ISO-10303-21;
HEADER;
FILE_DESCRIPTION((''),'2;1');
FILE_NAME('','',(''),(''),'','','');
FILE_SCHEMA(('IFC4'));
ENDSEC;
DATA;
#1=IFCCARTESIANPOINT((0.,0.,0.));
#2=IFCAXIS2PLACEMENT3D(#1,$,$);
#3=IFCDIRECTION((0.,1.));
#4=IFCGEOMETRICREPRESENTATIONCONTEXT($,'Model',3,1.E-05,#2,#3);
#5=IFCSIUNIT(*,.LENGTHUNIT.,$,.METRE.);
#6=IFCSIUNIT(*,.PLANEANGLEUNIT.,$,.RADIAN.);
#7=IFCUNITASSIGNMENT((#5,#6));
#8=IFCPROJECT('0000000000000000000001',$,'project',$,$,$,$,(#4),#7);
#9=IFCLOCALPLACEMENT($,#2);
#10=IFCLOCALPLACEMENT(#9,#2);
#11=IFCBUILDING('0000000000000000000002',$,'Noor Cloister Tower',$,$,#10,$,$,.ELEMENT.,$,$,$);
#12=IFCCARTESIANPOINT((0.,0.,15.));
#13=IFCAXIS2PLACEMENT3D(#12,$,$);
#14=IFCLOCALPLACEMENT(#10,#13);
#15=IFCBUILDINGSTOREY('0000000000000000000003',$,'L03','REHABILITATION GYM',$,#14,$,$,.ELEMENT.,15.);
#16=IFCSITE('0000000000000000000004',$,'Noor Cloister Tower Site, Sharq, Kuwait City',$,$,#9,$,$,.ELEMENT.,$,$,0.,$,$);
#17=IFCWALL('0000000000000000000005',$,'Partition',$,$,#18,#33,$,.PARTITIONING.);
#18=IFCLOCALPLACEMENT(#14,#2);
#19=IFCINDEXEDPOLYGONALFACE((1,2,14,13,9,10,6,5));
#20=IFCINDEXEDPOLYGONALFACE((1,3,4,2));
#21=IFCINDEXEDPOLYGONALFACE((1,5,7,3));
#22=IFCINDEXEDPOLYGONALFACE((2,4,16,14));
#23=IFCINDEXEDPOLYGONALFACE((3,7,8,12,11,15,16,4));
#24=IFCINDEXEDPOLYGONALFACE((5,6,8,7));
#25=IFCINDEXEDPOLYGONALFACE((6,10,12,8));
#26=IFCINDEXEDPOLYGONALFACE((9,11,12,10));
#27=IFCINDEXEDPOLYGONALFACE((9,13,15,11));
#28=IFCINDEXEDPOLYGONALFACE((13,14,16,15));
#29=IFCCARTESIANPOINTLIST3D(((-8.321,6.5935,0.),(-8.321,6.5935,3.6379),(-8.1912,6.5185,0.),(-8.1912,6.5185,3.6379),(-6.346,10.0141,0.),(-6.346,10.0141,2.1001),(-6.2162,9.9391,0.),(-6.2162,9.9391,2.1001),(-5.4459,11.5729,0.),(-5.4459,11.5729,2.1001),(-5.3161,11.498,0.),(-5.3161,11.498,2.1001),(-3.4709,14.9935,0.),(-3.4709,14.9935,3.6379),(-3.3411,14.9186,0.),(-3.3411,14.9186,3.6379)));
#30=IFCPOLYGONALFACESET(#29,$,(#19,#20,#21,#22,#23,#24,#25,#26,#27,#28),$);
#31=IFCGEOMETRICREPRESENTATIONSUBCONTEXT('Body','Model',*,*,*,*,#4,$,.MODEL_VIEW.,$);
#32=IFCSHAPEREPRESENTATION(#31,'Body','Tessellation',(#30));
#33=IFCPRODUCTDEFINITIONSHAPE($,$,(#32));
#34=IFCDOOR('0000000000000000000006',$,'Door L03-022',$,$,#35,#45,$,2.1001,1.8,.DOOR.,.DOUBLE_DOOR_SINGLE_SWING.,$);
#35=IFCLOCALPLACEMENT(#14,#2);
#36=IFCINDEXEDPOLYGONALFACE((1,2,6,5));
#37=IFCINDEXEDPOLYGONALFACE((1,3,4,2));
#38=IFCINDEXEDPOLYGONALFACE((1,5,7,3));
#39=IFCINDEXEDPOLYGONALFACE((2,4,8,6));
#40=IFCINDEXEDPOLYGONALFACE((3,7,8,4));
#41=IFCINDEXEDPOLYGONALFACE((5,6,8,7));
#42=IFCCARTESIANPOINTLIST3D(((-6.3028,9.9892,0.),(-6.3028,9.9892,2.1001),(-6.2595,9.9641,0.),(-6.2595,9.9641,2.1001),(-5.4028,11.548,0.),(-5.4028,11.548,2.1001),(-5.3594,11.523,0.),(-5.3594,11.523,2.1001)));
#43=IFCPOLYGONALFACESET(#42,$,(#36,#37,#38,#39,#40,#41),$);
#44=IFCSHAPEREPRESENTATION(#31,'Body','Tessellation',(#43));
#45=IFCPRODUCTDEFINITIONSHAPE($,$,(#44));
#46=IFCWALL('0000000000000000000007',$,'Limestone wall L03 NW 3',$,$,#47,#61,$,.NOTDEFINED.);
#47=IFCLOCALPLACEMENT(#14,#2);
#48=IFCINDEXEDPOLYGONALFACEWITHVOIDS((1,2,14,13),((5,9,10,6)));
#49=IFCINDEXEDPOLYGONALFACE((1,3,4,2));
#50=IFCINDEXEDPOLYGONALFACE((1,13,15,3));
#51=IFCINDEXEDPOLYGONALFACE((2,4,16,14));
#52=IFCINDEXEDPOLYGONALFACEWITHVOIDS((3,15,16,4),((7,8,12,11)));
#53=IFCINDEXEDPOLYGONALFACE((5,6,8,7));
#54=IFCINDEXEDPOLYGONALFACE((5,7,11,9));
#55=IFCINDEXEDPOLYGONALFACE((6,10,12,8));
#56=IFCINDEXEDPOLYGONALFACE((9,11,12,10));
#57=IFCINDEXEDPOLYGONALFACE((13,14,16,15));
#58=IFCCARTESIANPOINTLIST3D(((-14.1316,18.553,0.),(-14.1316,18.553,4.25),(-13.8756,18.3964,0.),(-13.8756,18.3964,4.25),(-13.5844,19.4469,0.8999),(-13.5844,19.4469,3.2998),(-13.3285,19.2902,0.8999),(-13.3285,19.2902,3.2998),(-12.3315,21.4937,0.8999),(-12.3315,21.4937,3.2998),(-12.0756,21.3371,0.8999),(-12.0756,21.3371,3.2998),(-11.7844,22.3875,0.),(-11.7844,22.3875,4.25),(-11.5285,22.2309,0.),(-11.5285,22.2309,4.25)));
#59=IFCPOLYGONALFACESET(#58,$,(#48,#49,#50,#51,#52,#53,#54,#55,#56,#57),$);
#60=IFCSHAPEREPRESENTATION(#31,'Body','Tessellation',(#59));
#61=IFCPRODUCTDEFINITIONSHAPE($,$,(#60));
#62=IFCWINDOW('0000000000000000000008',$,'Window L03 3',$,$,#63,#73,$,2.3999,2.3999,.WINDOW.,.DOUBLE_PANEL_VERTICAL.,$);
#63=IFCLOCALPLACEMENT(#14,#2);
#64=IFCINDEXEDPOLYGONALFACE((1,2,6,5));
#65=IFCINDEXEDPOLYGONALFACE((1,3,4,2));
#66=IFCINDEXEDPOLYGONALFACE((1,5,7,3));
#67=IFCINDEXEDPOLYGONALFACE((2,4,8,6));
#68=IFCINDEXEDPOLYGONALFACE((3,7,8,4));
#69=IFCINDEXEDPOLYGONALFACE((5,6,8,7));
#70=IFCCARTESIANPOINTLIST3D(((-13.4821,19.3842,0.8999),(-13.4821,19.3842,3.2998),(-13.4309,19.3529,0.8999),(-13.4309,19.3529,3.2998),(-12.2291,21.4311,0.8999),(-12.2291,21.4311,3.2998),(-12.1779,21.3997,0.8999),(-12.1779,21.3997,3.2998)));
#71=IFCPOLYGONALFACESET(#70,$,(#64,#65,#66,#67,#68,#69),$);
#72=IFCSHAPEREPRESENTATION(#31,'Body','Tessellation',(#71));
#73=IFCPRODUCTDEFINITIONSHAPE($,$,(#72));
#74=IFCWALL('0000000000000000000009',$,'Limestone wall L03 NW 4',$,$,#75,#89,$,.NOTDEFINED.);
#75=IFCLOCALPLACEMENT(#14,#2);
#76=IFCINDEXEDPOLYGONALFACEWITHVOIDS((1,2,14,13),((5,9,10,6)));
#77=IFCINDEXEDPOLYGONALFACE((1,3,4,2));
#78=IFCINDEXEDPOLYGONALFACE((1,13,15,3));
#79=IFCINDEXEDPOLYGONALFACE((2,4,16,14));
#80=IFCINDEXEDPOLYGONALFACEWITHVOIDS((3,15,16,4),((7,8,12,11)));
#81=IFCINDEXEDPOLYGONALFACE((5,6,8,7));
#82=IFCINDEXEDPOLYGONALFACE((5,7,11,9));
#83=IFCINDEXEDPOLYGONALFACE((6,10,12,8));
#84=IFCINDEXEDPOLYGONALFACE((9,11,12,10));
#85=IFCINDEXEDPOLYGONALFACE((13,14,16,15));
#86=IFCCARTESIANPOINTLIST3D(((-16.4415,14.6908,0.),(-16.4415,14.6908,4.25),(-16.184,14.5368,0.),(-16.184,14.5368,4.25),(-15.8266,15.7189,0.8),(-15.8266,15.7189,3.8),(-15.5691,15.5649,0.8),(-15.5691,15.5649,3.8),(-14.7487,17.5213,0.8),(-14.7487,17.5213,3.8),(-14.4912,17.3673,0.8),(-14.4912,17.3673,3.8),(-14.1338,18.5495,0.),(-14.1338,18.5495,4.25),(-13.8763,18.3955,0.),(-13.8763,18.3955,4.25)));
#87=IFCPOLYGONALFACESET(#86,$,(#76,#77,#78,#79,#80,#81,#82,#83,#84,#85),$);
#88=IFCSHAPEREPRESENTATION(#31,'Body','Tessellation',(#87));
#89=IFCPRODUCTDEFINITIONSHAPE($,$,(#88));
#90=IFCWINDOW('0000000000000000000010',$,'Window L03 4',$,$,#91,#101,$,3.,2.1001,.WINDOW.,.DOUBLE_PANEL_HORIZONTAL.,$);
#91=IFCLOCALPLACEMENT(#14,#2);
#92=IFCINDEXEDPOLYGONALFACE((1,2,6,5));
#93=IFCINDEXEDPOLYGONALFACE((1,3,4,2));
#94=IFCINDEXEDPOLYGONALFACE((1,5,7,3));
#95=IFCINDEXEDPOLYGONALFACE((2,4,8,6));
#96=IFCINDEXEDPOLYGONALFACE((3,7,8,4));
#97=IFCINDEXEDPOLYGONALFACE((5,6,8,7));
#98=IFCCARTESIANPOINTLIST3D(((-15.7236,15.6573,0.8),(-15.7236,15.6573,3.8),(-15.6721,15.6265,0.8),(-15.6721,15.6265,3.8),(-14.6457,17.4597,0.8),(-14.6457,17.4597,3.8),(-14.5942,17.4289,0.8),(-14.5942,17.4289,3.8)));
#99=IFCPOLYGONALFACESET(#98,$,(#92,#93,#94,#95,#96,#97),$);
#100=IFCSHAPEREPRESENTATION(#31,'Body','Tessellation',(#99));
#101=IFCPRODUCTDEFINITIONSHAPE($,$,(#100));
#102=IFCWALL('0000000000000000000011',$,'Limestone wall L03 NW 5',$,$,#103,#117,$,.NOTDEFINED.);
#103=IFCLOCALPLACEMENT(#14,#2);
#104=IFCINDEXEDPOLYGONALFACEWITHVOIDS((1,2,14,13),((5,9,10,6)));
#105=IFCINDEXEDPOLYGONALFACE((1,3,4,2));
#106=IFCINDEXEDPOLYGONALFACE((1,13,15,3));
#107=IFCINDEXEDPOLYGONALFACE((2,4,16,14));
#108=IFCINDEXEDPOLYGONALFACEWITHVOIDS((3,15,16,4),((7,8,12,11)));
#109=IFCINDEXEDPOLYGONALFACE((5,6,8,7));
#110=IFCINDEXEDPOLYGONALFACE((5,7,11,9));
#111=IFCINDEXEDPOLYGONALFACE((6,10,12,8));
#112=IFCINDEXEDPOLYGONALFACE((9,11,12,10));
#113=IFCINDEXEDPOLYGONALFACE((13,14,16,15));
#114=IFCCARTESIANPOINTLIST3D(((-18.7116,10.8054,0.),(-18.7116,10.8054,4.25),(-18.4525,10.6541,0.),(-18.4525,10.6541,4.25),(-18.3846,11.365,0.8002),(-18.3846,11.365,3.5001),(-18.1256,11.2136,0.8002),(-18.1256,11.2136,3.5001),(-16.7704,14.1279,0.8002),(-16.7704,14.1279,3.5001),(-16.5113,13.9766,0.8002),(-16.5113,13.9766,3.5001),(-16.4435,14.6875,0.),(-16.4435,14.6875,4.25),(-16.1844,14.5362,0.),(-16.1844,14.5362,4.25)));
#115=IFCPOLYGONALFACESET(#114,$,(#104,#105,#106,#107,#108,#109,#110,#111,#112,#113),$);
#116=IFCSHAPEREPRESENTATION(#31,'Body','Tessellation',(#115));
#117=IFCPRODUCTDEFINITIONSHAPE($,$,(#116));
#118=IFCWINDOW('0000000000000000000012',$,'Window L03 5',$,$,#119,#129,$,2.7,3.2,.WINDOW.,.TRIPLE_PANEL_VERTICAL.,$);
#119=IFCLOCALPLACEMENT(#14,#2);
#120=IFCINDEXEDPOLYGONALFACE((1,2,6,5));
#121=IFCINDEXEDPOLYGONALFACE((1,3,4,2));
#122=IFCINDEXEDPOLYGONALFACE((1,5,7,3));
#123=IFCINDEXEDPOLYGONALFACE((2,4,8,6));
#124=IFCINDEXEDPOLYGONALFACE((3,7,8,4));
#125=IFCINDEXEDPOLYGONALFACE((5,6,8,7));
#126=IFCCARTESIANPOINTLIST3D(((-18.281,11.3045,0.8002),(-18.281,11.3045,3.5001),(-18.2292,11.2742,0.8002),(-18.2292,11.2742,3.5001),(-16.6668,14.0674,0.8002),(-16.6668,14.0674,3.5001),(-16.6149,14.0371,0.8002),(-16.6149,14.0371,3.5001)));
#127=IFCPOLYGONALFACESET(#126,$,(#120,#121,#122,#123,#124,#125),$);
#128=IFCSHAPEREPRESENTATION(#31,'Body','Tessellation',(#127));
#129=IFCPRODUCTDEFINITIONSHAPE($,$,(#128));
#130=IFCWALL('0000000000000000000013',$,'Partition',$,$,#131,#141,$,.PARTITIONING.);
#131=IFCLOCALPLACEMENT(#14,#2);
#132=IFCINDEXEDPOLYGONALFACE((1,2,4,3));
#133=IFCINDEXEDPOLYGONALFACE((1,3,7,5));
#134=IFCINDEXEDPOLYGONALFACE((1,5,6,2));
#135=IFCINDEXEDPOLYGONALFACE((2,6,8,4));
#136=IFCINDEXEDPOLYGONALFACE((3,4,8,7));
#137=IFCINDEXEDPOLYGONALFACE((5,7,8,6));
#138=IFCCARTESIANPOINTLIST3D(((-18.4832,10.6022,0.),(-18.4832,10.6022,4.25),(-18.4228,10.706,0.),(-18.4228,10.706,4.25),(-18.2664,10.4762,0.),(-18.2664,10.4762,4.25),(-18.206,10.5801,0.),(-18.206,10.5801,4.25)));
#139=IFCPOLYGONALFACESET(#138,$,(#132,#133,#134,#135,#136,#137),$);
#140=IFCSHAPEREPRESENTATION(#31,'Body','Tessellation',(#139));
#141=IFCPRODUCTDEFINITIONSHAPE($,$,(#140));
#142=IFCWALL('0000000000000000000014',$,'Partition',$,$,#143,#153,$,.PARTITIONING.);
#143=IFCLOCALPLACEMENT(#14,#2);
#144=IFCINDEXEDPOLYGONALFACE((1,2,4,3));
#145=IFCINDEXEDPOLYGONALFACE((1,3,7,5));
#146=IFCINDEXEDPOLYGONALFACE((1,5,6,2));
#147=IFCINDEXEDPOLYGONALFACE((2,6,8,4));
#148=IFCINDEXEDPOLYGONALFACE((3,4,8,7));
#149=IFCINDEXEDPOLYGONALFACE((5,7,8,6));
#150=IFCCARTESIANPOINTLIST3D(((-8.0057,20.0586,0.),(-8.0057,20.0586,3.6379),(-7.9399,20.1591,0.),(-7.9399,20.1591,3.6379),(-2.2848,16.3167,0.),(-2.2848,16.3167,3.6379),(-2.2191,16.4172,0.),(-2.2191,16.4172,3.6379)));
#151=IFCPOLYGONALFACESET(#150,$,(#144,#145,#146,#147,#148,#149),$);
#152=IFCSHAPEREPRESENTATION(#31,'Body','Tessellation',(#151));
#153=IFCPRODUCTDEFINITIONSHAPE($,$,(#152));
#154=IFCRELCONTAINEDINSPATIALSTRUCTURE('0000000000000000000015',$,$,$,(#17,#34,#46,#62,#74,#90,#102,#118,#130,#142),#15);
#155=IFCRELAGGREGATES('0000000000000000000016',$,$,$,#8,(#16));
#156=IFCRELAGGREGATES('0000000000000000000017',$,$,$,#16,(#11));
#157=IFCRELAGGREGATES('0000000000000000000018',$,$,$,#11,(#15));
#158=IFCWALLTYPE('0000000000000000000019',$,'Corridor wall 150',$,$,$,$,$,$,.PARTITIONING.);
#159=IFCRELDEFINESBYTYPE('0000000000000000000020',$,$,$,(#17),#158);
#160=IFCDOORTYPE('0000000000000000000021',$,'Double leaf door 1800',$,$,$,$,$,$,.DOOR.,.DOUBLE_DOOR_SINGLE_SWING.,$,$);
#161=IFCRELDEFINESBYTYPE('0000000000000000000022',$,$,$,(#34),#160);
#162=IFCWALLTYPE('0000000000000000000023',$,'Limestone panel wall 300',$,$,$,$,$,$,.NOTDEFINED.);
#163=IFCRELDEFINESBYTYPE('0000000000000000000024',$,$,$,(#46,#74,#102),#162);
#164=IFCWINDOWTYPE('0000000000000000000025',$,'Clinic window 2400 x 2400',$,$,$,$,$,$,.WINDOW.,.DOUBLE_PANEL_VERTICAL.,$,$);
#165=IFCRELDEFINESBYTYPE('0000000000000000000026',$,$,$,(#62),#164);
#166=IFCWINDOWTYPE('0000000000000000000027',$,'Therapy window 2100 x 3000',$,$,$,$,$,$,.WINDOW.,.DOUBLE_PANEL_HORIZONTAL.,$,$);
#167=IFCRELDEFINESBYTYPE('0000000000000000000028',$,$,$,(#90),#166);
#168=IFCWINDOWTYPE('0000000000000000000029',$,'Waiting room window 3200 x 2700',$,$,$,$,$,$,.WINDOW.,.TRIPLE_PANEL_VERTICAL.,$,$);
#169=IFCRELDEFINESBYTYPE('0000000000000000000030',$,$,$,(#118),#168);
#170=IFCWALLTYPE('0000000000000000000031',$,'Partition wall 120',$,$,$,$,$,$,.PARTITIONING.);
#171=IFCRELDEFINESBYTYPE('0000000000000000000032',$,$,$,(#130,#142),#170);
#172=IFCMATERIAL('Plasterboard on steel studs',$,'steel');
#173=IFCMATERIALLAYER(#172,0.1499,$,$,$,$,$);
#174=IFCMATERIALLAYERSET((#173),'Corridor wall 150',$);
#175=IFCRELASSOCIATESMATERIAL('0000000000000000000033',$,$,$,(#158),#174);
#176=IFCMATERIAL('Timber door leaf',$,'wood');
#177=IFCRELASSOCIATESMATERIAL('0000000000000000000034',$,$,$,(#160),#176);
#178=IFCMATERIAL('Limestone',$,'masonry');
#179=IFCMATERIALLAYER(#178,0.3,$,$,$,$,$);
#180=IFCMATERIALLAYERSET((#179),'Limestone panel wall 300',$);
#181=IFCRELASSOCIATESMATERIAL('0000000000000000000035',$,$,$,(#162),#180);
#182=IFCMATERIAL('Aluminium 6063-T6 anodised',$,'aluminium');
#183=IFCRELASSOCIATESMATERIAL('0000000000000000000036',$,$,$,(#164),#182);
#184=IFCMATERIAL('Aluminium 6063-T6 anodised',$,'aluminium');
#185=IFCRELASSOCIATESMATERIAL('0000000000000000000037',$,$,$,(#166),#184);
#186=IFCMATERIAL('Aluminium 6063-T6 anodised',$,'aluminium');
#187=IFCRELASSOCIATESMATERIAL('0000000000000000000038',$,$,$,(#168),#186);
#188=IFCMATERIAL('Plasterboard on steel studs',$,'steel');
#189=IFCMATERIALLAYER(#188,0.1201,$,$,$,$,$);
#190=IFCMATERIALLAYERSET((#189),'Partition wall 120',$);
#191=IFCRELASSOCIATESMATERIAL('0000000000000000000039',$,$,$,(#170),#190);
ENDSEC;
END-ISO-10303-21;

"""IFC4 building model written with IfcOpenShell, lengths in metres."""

from ifc_helpers import new_model, si_unit, direction, frame, frame_2d, origin, place, context, subcontext, project, spatial, rectangle, extrude, material, layer, layer_set, type_object, element, fill, save


model = new_model("IFC4")

# Units and contexts
model_context = context("Model", 3, precision=1e-05, world=origin(), true_north=direction((0.0, 1.0)))
body_context = subcontext(model_context, "Body", "Model", "MODEL_VIEW")
ifc_project = project(units=[si_unit("LENGTHUNIT", "METRE"), si_unit("PLANEANGLEUNIT", "RADIAN")], contexts=[model_context])

# Site, building, storey
site_placement = place(None, origin())
site = spatial("IfcSite", under=ifc_project, at=site_placement, Name="Noor Cloister Tower Site, Sharq, Kuwait City", CompositionType="ELEMENT", RefElevation=0.0)
building_placement = place(site_placement, origin())
building = spatial("IfcBuilding", under=site, at=building_placement, Name="Noor Cloister Tower", CompositionType="ELEMENT")
storey_placement = place(building_placement, frame((0.0, 0.0, 15.0)))
storey = spatial("IfcBuildingStorey", under=building, at=storey_placement, Name="L03", Description="REHABILITATION GYM", CompositionType="ELEMENT", Elevation=15.0)

# Shared definitions
ifc_material_1 = material(Name="Plasterboard on steel studs", Category="steel")
ifc_layer_1 = layer(ifc_material_1, 0.1499)
ifc_layer_set_1 = layer_set([ifc_layer_1], Name="Corridor wall 150")
wall_type_1 = type_object("IfcWallType", Name="Corridor wall 150", PredefinedType="PARTITIONING", material=ifc_layer_set_1)

# Wall, opening, door
wall_1_placement = place(storey_placement, frame((-3.406, 14.9561, 0.0), z_axis=(0.0, 0.0, 1.0), x_axis=(-0.500021, -0.866013, 0.0)))
wall_1 = element("IfcWall", 1, at=wall_1_placement, inside=storey, type_object=wall_type_1, Name="Partition", PredefinedType="PARTITIONING", context=body_context, shape_type="SweptSolid", body=[
    extrude(rectangle(XDim=9.6997, YDim=0.1499, at=frame_2d((4.8499, 0.0))), origin(), (0.0, 0.0, 1.0), 3.6379),
])
opening_1_placement = place(wall_1_placement, frame((3.95, 0.0, 0.0)))
opening_1 = element("IfcOpeningElement", 2, at=opening_1_placement, cuts=wall_1, PredefinedType="OPENING", context=body_context, shape_type="SweptSolid", body=[
    extrude(rectangle(XDim=1.8, YDim=2.1001, at=frame_2d((0.8999, 1.05))), frame((0.0, 0.085, 0.0), z_axis=(0.0, -1.0, 0.0), x_axis=(1.0, 0.0, 0.0)), (0.0, 0.0, 1.0), 0.1699),
])
ifc_material_2 = material(Name="Timber door leaf", Category="wood")
door_type_1 = type_object("IfcDoorType", Name="Double leaf door 1800", OperationType="DOUBLE_DOOR_SINGLE_SWING", PredefinedType="DOOR", material=ifc_material_2)
door_1_placement = place(opening_1_placement, origin())
door_1 = element("IfcDoor", 3, at=door_1_placement, inside=storey, type_object=door_type_1, Name="Door L03-022", OperationType="DOUBLE_DOOR_SINGLE_SWING", OverallHeight=2.1001, OverallWidth=1.8, PredefinedType="DOOR", context=body_context, shape_type="SweptSolid", body=[
    extrude(rectangle(XDim=1.8, YDim=2.1001, at=frame_2d((0.8999, 1.05))), frame((0.0, 0.0249, 0.0), z_axis=(0.0, -1.0, 0.0), x_axis=(1.0, 0.0, 0.0)), (0.0, 0.0, 1.0), 0.05),
])
fill(opening_1, door_1)

# Walls, openings, windows
ifc_material_3 = material(Name="Limestone", Category="masonry")
ifc_layer_2 = layer(ifc_material_3, 0.3)
ifc_layer_set_2 = layer_set([ifc_layer_2], Name="Limestone panel wall 300")
wall_type_2 = type_object("IfcWallType", Name="Limestone panel wall 300", PredefinedType="NOTDEFINED", material=ifc_layer_set_2)
wall_2_placement = place(storey_placement, frame((-14.0037, 18.4746, 0.0), z_axis=(0.0, 0.0, 1.0), x_axis=(0.522078, 0.852898, 0.0)))
wall_2 = element("IfcWall", 4, at=wall_2_placement, inside=storey, type_object=wall_type_2, Name="Limestone wall L03 NW 3", PredefinedType="NOTDEFINED", context=body_context, shape_type="SweptSolid", body=[
    extrude(rectangle(XDim=4.4958, YDim=0.3, at=frame_2d((2.248, 0.0))), origin(), (0.0, 0.0, 1.0), 4.25),
])
opening_2_placement = place(wall_2_placement, frame((1.0481, 0.0, 0.8999)))
opening_2 = element("IfcOpeningElement", 5, at=opening_2_placement, cuts=wall_2, PredefinedType="OPENING", context=body_context, shape_type="SweptSolid", body=[
    extrude(rectangle(XDim=2.3999, YDim=2.3999, at=frame_2d((1.2, 1.2))), frame((0.0, 0.1602, 0.0), z_axis=(0.0, -1.0, 0.0), x_axis=(1.0, 0.0, 0.0)), (0.0, 0.0, 1.0), 0.3201),
])
ifc_material_4 = material(Name="Aluminium 6063-T6 anodised", Category="aluminium")
window_type_1 = type_object("IfcWindowType", Name="Clinic window 2400 x 2400", PartitioningType="DOUBLE_PANEL_VERTICAL", PredefinedType="WINDOW", material=ifc_material_4)
window_1_placement = place(opening_2_placement, origin())
window_1 = element("IfcWindow", 6, at=window_1_placement, inside=storey, type_object=window_type_1, Name="Window L03 3", OverallHeight=2.3999, OverallWidth=2.3999, PartitioningType="DOUBLE_PANEL_VERTICAL", PredefinedType="WINDOW", context=body_context, shape_type="SweptSolid", body=[
    extrude(rectangle(XDim=2.3999, YDim=2.3999, at=frame_2d((1.2, 1.2))), frame((0.0, 0.03, 0.0), z_axis=(0.0, -1.0, 0.0), x_axis=(1.0, 0.0, 0.0)), (0.0, 0.0, 1.0), 0.0601),
])
fill(opening_2, window_1)
wall_3_placement = place(storey_placement, frame((-16.3127, 14.6138, 0.0), z_axis=(0.0, 0.0, 1.0), x_axis=(0.513257, 0.858235, 0.0)))
wall_3 = element("IfcWall", 7, at=wall_3_placement, inside=storey, type_object=wall_type_2, Name="Limestone wall L03 NW 4", PredefinedType="NOTDEFINED", context=body_context, shape_type="SweptSolid", body=[
    extrude(rectangle(XDim=4.4961, YDim=0.3, at=frame_2d((2.248, 0.0))), origin(), (0.0, 0.0, 1.0), 4.25),
])
opening_3_placement = place(wall_3_placement, frame((1.198, 0.0, 0.8)))
opening_3 = element("IfcOpeningElement", 8, at=opening_3_placement, cuts=wall_3, PredefinedType="OPENING", context=body_context, shape_type="SweptSolid", body=[
    extrude(rectangle(XDim=2.1001, YDim=3.0, at=frame_2d((1.05, 1.5))), frame((0.0, 0.1602, 0.0), z_axis=(0.0, -1.0, 0.0), x_axis=(1.0, 0.0, 0.0)), (0.0, 0.0, 1.0), 0.3201),
])
ifc_material_5 = material(Name="Aluminium 6063-T6 anodised", Category="aluminium")
window_type_2 = type_object("IfcWindowType", Name="Therapy window 2100 x 3000", PartitioningType="DOUBLE_PANEL_HORIZONTAL", PredefinedType="WINDOW", material=ifc_material_5)
window_2_placement = place(opening_3_placement, origin())
window_2 = element("IfcWindow", 9, at=window_2_placement, inside=storey, type_object=window_type_2, Name="Window L03 4", OverallHeight=3.0, OverallWidth=2.1001, PartitioningType="DOUBLE_PANEL_HORIZONTAL", PredefinedType="WINDOW", context=body_context, shape_type="SweptSolid", body=[
    extrude(rectangle(XDim=2.1001, YDim=3.0, at=frame_2d((1.05, 1.5))), frame((0.0, 0.03, 0.0), z_axis=(0.0, -1.0, 0.0), x_axis=(1.0, 0.0, 0.0)), (0.0, 0.0, 1.0), 0.0601),
])
fill(opening_3, window_2)
wall_4_placement = place(storey_placement, frame((-18.582, 10.7297, 0.0), z_axis=(0.0, 0.0, 1.0), x_axis=(0.504455, 0.863438, 0.0)))
wall_4 = element("IfcWall", 10, at=wall_4_placement, inside=storey, type_object=wall_type_2, Name="Limestone wall L03 NW 5", PredefinedType="NOTDEFINED", context=body_context, shape_type="SweptSolid", body=[
    extrude(rectangle(XDim=4.4961, YDim=0.3, at=frame_2d((2.248, 0.0))), origin(), (0.0, 0.0, 1.0), 4.25),
])
opening_4_placement = place(wall_4_placement, frame((0.6479, 0.0, 0.8)))
opening_4 = element("IfcOpeningElement", 11, at=opening_4_placement, cuts=wall_4, PredefinedType="OPENING", context=body_context, shape_type="SweptSolid", body=[
    extrude(rectangle(XDim=3.2, YDim=2.7, at=frame_2d((1.6001, 1.3501))), frame((0.0, 0.1602, 0.0), z_axis=(0.0, -1.0, 0.0), x_axis=(1.0, 0.0, 0.0)), (0.0, 0.0, 1.0), 0.3201),
])
ifc_material_6 = material(Name="Aluminium 6063-T6 anodised", Category="aluminium")
window_type_3 = type_object("IfcWindowType", Name="Waiting room window 3200 x 2700", PartitioningType="TRIPLE_PANEL_VERTICAL", PredefinedType="WINDOW", material=ifc_material_6)
window_3_placement = place(opening_4_placement, origin())
window_3 = element("IfcWindow", 12, at=window_3_placement, inside=storey, type_object=window_type_3, Name="Window L03 5", OverallHeight=2.7, OverallWidth=3.2, PartitioningType="TRIPLE_PANEL_VERTICAL", PredefinedType="WINDOW", context=body_context, shape_type="SweptSolid", body=[
    extrude(rectangle(XDim=3.2, YDim=2.7, at=frame_2d((1.6001, 1.3501))), frame((0.0, 0.03, 0.0), z_axis=(0.0, -1.0, 0.0), x_axis=(1.0, 0.0, 0.0)), (0.0, 0.0, 1.0), 0.0601),
])
fill(opening_4, window_3)

# Walls
ifc_material_7 = material(Name="Plasterboard on steel studs", Category="steel")
ifc_layer_3 = layer(ifc_material_7, 0.1201)
ifc_layer_set_3 = layer_set([ifc_layer_3], Name="Partition wall 120")
wall_type_3 = type_object("IfcWallType", Name="Partition wall 120", PredefinedType="PARTITIONING", material=ifc_layer_set_3)
wall_5_placement = place(storey_placement, frame((-18.2361, 10.5281, 0.0), z_axis=(0.0, 0.0, 1.0), x_axis=(-0.864625, 0.502417, 0.0)))
element("IfcWall", 13, at=wall_5_placement, inside=storey, type_object=wall_type_3, Name="Partition", PredefinedType="PARTITIONING", context=body_context, shape_type="SweptSolid", body=[
    extrude(rectangle(XDim=0.2507, YDim=0.1201, at=frame_2d((0.1255, 0.0))), origin(), (0.0, 0.0, 1.0), 4.25),
])
wall_6_placement = place(storey_placement, frame((-2.252, 16.3669, 0.0), z_axis=(0.0, 0.0, 1.0), x_axis=(-0.836881, 0.547385, 0.0)))
element("IfcWall", 14, at=wall_6_placement, inside=storey, type_object=wall_type_3, Name="Partition", PredefinedType="PARTITIONING", context=body_context, shape_type="SweptSolid", body=[
    extrude(rectangle(XDim=6.8359, YDim=0.1201, at=frame_2d((3.418, 0.0))), origin(), (0.0, 0.0, 1.0), 3.6379),
])

save(model, "model.ifc")
